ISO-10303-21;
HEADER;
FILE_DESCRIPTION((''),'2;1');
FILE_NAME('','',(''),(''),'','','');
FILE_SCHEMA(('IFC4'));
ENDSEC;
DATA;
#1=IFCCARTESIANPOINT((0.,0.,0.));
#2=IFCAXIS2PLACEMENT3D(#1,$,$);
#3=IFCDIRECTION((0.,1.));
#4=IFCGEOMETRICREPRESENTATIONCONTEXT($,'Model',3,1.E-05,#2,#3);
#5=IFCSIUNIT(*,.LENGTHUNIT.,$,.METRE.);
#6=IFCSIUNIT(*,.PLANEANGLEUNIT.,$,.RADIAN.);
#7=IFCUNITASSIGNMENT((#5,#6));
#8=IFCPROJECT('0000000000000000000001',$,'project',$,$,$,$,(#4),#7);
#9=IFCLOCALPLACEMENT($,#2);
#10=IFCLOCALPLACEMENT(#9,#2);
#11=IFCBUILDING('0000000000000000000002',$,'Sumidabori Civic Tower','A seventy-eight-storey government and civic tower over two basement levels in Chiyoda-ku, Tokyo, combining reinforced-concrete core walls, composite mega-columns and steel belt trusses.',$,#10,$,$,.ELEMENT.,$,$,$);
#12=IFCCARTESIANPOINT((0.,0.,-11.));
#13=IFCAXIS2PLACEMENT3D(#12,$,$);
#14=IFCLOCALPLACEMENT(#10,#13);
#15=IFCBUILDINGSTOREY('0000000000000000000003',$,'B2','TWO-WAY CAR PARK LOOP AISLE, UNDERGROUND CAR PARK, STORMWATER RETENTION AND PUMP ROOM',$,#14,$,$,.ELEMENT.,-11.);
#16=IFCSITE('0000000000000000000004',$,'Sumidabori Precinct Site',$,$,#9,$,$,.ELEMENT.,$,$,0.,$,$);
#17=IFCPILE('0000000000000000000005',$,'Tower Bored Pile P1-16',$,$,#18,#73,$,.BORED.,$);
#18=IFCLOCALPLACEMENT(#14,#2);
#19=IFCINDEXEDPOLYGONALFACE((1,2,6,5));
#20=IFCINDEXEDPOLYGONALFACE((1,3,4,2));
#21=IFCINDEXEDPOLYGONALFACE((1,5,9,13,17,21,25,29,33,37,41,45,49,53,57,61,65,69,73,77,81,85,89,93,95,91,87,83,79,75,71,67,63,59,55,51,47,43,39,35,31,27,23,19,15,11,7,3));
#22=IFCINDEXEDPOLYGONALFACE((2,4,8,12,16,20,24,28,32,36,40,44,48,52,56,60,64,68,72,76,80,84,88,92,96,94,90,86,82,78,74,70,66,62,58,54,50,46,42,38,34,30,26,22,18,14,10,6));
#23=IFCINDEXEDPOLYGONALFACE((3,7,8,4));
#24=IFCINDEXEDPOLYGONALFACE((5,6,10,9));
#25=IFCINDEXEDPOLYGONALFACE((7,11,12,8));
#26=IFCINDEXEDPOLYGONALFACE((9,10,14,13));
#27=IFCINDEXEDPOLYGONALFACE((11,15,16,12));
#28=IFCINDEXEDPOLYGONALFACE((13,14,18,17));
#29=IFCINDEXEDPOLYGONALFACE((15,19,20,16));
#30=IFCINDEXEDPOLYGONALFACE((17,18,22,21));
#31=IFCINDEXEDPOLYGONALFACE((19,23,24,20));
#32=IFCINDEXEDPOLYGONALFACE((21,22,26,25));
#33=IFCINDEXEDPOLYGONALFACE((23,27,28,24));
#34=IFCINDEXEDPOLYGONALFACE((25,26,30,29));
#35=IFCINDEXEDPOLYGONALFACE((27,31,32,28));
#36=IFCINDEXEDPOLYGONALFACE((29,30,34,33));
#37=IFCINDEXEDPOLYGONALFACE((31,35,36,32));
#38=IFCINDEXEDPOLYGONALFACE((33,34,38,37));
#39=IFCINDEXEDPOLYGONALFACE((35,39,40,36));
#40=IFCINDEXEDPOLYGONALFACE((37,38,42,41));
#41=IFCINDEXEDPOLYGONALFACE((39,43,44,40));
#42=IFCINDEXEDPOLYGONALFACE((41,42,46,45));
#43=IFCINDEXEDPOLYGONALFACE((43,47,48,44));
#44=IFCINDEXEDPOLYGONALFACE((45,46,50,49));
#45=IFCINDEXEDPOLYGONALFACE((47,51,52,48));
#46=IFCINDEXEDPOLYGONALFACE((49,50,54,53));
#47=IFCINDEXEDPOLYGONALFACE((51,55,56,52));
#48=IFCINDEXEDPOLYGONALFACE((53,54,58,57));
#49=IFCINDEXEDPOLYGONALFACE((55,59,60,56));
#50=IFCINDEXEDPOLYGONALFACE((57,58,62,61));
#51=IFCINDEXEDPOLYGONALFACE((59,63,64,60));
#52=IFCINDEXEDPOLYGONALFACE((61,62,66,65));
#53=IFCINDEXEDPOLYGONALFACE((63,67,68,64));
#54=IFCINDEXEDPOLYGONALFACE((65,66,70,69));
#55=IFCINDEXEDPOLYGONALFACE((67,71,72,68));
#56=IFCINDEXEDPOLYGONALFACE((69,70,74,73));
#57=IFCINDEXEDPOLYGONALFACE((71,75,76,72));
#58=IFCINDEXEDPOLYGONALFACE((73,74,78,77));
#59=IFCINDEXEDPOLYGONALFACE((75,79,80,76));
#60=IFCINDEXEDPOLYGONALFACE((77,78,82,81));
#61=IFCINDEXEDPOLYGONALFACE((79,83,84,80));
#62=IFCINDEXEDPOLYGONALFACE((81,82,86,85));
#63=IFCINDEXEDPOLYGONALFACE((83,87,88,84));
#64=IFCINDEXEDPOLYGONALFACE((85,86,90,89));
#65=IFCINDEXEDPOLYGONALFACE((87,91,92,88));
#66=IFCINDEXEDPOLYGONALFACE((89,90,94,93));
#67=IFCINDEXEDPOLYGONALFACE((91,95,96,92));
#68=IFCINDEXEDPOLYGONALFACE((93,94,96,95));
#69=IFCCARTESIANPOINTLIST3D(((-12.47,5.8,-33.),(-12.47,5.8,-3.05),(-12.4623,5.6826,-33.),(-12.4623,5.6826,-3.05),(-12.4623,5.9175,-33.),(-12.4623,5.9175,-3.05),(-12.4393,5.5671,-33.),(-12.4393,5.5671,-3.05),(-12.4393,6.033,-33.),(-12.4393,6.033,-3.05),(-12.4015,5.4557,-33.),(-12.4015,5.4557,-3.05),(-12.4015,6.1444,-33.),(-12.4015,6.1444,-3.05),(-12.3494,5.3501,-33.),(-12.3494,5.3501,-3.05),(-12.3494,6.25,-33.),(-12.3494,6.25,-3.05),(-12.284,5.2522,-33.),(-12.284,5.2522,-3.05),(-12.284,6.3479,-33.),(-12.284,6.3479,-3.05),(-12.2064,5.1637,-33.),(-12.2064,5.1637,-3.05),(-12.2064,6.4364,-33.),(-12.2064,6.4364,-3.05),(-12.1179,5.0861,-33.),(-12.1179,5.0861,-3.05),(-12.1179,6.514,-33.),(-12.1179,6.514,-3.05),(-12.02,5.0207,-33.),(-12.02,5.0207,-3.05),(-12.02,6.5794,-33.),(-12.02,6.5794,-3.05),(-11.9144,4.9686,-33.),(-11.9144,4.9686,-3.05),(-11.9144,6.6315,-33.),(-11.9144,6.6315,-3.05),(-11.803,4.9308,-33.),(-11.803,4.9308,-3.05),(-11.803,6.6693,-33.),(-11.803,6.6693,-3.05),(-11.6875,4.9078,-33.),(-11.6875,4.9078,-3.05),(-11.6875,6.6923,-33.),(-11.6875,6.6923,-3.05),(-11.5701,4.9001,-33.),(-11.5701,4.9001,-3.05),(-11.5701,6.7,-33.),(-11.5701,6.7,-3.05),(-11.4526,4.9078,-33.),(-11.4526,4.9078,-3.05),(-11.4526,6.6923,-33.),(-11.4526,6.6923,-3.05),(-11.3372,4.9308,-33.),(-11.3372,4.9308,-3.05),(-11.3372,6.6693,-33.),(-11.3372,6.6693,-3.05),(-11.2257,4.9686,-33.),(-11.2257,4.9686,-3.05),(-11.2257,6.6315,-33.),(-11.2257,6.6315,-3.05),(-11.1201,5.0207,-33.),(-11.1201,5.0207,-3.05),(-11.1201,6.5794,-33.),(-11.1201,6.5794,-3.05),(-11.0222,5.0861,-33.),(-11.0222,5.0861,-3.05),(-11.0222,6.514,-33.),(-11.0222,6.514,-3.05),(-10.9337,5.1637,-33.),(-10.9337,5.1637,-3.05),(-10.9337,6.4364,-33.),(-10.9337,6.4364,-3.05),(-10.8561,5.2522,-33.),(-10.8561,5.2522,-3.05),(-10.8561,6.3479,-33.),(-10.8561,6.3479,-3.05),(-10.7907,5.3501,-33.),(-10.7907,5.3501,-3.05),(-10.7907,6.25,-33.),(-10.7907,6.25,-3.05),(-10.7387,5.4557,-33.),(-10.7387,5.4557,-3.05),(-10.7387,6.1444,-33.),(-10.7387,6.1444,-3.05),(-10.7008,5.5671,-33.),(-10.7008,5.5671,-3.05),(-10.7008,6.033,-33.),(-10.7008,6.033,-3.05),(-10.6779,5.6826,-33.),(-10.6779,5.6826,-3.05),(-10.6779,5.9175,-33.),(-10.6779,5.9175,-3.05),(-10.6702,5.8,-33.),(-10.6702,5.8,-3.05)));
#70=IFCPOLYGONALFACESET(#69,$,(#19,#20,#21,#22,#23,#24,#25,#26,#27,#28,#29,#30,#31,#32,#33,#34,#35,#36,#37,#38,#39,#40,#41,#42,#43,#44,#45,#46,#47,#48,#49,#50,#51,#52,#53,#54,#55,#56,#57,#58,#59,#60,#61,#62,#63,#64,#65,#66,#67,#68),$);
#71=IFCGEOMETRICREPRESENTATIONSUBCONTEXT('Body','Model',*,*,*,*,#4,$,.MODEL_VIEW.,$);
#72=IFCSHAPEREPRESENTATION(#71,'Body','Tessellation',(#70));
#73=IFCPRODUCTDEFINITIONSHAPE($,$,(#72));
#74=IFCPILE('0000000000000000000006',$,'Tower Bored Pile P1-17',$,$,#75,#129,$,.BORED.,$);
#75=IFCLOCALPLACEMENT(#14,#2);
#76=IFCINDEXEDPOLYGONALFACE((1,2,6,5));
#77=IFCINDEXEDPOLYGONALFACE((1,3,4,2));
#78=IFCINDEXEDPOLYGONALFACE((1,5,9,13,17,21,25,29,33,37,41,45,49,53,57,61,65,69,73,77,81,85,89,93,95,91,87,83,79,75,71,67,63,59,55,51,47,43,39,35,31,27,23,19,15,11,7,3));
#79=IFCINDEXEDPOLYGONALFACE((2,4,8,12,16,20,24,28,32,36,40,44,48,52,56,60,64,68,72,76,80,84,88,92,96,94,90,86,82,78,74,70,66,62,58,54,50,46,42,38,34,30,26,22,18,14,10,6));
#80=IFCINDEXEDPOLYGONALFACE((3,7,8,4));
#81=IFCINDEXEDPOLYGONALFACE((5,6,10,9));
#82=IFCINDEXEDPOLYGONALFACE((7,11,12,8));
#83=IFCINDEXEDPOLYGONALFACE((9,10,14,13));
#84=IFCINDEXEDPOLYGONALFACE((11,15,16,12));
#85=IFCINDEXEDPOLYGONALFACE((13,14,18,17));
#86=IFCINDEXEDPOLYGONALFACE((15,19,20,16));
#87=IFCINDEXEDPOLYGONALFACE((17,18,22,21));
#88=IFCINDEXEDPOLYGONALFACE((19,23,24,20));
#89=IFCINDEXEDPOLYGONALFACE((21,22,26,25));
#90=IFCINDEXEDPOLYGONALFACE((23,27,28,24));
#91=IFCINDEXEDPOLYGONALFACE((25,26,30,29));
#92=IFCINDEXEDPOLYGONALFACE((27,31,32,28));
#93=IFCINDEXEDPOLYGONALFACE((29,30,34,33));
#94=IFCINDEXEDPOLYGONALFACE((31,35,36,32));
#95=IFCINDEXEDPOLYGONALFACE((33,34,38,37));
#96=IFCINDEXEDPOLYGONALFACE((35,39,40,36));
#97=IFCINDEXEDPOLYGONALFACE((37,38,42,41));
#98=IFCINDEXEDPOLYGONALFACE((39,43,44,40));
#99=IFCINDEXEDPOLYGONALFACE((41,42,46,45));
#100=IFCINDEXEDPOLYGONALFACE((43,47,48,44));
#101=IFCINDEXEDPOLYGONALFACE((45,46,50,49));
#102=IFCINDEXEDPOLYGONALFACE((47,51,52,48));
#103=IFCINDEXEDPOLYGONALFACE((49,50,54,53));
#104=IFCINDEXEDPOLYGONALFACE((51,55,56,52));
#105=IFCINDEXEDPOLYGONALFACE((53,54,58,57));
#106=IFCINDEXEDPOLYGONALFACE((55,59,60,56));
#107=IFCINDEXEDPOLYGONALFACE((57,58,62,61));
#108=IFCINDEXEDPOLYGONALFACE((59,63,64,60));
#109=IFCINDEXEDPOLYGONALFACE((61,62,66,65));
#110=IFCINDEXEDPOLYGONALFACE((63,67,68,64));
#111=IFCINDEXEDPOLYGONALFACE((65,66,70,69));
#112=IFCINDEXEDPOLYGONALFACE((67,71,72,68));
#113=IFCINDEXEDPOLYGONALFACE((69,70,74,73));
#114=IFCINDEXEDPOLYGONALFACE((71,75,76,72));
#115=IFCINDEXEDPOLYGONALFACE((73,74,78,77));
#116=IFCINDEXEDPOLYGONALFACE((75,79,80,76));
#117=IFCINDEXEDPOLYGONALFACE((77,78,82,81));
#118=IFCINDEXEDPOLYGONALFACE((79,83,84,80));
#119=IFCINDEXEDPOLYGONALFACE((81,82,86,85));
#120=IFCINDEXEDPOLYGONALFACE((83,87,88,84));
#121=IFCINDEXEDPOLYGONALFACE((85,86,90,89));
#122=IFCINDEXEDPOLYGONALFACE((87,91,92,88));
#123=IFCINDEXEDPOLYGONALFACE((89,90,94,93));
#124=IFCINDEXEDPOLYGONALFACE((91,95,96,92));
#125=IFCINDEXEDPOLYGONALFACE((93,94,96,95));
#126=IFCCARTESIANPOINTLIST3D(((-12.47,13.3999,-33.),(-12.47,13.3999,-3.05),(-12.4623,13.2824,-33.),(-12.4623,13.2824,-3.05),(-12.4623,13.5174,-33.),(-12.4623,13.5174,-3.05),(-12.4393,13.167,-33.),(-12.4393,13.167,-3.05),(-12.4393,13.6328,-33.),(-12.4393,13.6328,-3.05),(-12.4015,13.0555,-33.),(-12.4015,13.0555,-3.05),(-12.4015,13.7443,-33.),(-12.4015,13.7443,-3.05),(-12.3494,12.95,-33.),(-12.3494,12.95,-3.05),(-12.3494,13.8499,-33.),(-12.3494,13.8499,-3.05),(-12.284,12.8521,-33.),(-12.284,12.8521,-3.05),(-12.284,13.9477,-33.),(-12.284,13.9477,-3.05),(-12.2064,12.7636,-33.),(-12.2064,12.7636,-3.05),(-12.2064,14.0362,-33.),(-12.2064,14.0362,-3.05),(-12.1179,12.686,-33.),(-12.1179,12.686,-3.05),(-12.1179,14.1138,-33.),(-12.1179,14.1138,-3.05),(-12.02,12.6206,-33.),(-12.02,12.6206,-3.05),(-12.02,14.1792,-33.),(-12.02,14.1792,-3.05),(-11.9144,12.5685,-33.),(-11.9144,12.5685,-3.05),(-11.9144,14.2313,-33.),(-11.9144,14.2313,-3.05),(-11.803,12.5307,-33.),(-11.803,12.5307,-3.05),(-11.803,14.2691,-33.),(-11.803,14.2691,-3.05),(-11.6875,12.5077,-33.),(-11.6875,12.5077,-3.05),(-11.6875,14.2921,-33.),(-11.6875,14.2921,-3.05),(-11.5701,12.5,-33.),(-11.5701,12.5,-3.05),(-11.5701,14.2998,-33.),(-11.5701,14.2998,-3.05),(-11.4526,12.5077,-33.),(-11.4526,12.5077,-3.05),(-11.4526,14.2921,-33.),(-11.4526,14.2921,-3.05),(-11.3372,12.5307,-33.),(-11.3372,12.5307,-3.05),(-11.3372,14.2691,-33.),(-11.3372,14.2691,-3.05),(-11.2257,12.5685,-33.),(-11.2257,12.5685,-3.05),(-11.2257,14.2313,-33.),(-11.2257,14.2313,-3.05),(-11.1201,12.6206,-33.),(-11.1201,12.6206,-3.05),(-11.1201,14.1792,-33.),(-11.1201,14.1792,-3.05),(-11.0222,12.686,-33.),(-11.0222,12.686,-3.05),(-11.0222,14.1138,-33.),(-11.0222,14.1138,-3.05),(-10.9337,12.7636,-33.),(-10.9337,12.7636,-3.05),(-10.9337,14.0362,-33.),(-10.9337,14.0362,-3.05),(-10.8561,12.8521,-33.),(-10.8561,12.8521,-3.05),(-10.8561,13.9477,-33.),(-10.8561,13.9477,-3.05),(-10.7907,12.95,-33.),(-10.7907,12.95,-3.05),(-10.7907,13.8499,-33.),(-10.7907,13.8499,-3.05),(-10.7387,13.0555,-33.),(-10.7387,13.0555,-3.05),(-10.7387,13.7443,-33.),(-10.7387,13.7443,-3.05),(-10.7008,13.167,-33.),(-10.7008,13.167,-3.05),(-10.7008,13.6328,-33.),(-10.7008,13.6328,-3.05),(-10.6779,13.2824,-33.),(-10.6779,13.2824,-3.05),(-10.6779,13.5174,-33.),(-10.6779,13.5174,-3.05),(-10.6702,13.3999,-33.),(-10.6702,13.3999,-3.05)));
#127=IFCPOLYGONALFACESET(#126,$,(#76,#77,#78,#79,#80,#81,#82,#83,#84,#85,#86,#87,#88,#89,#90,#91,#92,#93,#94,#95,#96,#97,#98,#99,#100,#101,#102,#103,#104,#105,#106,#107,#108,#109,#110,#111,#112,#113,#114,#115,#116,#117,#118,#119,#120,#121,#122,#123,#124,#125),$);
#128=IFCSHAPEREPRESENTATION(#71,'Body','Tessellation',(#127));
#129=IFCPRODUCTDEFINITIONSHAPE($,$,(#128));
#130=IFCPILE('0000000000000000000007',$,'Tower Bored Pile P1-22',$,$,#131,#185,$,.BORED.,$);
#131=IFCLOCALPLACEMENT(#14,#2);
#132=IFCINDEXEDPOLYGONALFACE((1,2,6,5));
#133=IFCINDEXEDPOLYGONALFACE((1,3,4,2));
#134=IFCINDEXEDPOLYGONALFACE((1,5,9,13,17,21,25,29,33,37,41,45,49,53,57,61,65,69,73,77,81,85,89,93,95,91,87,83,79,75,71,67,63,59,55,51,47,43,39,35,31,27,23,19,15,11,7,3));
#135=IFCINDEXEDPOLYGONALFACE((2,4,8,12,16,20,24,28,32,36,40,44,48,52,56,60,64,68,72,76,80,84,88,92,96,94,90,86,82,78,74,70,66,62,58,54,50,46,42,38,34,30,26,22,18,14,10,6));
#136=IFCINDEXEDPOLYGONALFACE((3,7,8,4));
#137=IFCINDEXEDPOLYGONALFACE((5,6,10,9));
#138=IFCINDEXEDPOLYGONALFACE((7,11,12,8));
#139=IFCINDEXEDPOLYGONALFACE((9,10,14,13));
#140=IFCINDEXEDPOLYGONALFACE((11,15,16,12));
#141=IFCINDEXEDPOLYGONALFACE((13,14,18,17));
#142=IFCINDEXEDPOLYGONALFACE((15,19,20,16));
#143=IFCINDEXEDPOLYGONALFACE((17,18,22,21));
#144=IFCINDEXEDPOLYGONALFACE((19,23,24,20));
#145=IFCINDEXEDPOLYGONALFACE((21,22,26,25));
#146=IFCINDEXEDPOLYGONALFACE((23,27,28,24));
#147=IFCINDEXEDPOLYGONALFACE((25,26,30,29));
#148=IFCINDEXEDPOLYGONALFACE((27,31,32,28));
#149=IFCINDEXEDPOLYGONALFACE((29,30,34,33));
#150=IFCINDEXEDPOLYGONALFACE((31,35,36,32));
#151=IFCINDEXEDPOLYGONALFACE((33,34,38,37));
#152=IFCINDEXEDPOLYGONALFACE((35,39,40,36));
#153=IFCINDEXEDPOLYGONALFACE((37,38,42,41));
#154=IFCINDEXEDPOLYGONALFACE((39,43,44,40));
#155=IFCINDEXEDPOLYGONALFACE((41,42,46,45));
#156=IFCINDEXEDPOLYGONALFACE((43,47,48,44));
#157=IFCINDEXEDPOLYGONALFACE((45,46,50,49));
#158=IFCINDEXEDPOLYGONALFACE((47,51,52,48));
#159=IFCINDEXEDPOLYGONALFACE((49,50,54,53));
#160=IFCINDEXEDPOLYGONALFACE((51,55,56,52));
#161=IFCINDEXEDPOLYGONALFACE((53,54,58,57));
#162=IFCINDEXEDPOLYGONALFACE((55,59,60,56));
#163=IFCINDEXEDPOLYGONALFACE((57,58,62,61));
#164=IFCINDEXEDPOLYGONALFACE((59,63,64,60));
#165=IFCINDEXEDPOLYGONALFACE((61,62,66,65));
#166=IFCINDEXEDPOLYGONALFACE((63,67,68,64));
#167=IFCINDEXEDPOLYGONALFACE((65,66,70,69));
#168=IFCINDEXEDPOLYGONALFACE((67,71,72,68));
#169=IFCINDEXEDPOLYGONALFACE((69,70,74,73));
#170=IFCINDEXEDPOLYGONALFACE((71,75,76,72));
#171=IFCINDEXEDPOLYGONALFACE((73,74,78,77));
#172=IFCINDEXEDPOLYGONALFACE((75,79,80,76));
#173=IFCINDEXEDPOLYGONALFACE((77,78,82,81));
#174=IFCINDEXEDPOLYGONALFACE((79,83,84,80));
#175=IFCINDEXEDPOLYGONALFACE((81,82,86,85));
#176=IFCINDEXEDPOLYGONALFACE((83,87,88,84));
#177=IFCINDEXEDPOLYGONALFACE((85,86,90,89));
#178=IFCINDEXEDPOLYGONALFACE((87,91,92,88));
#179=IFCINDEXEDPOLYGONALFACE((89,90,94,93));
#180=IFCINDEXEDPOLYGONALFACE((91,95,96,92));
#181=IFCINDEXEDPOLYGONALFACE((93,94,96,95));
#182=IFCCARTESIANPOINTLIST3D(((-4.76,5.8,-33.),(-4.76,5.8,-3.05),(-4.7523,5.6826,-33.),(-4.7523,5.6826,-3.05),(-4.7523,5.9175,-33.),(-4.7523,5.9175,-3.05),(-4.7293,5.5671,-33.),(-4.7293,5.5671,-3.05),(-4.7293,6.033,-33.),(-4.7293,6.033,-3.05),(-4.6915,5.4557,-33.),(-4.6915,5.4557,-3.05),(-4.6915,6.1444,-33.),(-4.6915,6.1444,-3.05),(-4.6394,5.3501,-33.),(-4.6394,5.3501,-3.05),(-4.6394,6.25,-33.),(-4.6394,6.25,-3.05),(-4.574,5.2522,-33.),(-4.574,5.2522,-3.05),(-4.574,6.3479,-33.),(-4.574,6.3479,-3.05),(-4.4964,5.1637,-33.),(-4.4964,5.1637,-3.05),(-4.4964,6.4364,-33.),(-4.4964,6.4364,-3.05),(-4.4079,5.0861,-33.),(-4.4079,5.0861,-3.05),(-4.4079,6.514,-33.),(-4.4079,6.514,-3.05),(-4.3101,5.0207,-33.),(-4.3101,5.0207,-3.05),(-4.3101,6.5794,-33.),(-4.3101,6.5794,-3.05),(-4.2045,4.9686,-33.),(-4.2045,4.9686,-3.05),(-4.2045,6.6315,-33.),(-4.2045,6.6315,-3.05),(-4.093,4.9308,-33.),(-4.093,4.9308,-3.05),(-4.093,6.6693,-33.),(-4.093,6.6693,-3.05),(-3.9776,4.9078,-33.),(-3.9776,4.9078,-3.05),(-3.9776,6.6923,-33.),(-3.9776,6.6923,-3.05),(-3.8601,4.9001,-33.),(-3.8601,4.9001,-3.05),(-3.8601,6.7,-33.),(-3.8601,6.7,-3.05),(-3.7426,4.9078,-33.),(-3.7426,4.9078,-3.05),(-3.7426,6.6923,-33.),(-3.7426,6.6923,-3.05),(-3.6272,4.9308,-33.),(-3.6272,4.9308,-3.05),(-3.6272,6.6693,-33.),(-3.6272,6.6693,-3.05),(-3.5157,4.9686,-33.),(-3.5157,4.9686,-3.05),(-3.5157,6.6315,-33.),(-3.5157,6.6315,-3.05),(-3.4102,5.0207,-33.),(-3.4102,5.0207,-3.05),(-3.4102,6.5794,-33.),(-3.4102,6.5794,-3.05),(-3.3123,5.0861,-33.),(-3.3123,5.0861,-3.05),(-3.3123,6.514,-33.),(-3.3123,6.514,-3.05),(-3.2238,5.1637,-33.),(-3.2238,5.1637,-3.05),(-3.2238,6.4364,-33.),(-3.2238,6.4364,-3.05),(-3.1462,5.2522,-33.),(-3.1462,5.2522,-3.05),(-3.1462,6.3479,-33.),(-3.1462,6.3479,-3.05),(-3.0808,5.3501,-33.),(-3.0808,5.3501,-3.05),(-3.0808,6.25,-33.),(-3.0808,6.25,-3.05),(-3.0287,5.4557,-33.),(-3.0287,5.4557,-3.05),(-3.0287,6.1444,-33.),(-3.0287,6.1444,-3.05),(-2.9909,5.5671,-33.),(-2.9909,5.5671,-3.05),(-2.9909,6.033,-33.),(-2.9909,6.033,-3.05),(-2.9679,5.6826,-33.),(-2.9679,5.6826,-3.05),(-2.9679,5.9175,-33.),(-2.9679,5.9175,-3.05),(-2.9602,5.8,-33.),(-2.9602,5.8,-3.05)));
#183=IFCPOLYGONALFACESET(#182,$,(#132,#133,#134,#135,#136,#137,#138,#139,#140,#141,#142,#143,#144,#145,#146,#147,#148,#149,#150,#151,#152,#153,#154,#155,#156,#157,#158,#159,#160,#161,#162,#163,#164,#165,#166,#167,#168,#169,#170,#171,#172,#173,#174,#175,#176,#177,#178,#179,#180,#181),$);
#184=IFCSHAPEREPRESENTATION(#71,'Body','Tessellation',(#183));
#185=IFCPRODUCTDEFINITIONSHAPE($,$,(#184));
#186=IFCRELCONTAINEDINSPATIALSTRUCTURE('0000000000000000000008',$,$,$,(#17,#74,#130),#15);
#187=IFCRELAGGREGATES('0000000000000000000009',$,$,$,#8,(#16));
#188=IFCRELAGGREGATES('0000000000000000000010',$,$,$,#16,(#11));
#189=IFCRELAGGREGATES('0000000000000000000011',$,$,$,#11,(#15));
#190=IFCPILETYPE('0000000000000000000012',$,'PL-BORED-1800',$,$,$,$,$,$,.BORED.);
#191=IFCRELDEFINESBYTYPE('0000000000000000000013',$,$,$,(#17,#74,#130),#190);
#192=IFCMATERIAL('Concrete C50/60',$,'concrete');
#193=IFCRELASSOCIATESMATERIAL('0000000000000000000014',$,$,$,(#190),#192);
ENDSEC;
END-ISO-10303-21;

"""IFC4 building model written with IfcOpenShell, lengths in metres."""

from ifc_helpers import new_model, si_unit, direction, frame, origin, origin_2d, place, context, subcontext, project, spatial, circle, extrude, source, transform, mapped, material, material_profile, profile_set, type_object, element, save


model = new_model("IFC4")

# Units and contexts
model_context = context("Model", 3, precision=1e-05, world=origin(), true_north=direction((0.0, 1.0)))
body_context = subcontext(model_context, "Body", "Model", "MODEL_VIEW")
ifc_project = project(units=[si_unit("LENGTHUNIT", "METRE"), si_unit("PLANEANGLEUNIT", "RADIAN")], contexts=[model_context])

# Site, building, storey
site_placement = place(None, origin())
site = spatial("IfcSite", under=ifc_project, at=site_placement, Name="Sumidabori Precinct Site", CompositionType="ELEMENT", RefElevation=0.0)
building_placement = place(site_placement, origin())
building = spatial("IfcBuilding", under=site, at=building_placement, Name="Sumidabori Civic Tower", Description="A seventy-eight-storey government and civic tower over two basement levels in Chiyoda-ku, Tokyo, combining reinforced-concrete core walls, composite mega-columns and steel belt trusses.", CompositionType="ELEMENT")
storey_placement = place(building_placement, frame((0.0, 0.0, -11.0)))
storey = spatial("IfcBuildingStorey", under=building, at=storey_placement, Name="B2", Description="TWO-WAY CAR PARK LOOP AISLE, UNDERGROUND CAR PARK, STORMWATER RETENTION AND PUMP ROOM", CompositionType="ELEMENT", Elevation=-11.0)

# Shared definitions
ifc_material_1 = material(Name="Concrete C50/60", Category="concrete")

# Piles
ifc_material_profile = material_profile(ifc_material_1, circle(Radius=0.8999, at=origin_2d()), Name="BORED PILE 1800")
ifc_profile_set = profile_set([ifc_material_profile], Name="Concrete C50/60")
pile_type = type_object("IfcPileType", Name="PL-BORED-1800", PredefinedType="BORED", material=ifc_profile_set)
shared_shape_1 = source(origin(), body_context, "Body", "SweptSolid", [
    extrude(circle(Radius=0.8999, at=origin_2d()), origin(), (0.0, 0.0, 1.0), 29.95),
])
for number, where, z_axis, x_axis, name in (
    (1, (-11.5701, 5.8, -3.05), (0.0, 0.0, -1.0), (1.0, 0.0, 0.0), "Tower Bored Pile P1-16"),
    (2, (-11.5701, 13.3999, -3.05), (0.0, 0.0, -1.0), (1.0, 0.0, 0.0), "Tower Bored Pile P1-17"),
    (3, (-3.8601, 5.8, -3.05), (0.0, 0.0, -1.0), (1.0, 0.0, 0.0), "Tower Bored Pile P1-22"),
):
    element("IfcPile", number, at=place(storey_placement, frame(where, z_axis=z_axis, x_axis=x_axis)), inside=storey, type_object=pile_type, Name=name, PredefinedType="BORED", context=body_context, shape_type="MappedRepresentation", body=[
        mapped(shared_shape_1, transform((0.0, 0.0, 0.0), x_axis=(1.0, 0.0, 0.0), y_axis=(0.0, 1.0, 0.0), z_axis=(0.0, 0.0, 1.0), scale=1.0)),
    ])

save(model, "model.ifc")
